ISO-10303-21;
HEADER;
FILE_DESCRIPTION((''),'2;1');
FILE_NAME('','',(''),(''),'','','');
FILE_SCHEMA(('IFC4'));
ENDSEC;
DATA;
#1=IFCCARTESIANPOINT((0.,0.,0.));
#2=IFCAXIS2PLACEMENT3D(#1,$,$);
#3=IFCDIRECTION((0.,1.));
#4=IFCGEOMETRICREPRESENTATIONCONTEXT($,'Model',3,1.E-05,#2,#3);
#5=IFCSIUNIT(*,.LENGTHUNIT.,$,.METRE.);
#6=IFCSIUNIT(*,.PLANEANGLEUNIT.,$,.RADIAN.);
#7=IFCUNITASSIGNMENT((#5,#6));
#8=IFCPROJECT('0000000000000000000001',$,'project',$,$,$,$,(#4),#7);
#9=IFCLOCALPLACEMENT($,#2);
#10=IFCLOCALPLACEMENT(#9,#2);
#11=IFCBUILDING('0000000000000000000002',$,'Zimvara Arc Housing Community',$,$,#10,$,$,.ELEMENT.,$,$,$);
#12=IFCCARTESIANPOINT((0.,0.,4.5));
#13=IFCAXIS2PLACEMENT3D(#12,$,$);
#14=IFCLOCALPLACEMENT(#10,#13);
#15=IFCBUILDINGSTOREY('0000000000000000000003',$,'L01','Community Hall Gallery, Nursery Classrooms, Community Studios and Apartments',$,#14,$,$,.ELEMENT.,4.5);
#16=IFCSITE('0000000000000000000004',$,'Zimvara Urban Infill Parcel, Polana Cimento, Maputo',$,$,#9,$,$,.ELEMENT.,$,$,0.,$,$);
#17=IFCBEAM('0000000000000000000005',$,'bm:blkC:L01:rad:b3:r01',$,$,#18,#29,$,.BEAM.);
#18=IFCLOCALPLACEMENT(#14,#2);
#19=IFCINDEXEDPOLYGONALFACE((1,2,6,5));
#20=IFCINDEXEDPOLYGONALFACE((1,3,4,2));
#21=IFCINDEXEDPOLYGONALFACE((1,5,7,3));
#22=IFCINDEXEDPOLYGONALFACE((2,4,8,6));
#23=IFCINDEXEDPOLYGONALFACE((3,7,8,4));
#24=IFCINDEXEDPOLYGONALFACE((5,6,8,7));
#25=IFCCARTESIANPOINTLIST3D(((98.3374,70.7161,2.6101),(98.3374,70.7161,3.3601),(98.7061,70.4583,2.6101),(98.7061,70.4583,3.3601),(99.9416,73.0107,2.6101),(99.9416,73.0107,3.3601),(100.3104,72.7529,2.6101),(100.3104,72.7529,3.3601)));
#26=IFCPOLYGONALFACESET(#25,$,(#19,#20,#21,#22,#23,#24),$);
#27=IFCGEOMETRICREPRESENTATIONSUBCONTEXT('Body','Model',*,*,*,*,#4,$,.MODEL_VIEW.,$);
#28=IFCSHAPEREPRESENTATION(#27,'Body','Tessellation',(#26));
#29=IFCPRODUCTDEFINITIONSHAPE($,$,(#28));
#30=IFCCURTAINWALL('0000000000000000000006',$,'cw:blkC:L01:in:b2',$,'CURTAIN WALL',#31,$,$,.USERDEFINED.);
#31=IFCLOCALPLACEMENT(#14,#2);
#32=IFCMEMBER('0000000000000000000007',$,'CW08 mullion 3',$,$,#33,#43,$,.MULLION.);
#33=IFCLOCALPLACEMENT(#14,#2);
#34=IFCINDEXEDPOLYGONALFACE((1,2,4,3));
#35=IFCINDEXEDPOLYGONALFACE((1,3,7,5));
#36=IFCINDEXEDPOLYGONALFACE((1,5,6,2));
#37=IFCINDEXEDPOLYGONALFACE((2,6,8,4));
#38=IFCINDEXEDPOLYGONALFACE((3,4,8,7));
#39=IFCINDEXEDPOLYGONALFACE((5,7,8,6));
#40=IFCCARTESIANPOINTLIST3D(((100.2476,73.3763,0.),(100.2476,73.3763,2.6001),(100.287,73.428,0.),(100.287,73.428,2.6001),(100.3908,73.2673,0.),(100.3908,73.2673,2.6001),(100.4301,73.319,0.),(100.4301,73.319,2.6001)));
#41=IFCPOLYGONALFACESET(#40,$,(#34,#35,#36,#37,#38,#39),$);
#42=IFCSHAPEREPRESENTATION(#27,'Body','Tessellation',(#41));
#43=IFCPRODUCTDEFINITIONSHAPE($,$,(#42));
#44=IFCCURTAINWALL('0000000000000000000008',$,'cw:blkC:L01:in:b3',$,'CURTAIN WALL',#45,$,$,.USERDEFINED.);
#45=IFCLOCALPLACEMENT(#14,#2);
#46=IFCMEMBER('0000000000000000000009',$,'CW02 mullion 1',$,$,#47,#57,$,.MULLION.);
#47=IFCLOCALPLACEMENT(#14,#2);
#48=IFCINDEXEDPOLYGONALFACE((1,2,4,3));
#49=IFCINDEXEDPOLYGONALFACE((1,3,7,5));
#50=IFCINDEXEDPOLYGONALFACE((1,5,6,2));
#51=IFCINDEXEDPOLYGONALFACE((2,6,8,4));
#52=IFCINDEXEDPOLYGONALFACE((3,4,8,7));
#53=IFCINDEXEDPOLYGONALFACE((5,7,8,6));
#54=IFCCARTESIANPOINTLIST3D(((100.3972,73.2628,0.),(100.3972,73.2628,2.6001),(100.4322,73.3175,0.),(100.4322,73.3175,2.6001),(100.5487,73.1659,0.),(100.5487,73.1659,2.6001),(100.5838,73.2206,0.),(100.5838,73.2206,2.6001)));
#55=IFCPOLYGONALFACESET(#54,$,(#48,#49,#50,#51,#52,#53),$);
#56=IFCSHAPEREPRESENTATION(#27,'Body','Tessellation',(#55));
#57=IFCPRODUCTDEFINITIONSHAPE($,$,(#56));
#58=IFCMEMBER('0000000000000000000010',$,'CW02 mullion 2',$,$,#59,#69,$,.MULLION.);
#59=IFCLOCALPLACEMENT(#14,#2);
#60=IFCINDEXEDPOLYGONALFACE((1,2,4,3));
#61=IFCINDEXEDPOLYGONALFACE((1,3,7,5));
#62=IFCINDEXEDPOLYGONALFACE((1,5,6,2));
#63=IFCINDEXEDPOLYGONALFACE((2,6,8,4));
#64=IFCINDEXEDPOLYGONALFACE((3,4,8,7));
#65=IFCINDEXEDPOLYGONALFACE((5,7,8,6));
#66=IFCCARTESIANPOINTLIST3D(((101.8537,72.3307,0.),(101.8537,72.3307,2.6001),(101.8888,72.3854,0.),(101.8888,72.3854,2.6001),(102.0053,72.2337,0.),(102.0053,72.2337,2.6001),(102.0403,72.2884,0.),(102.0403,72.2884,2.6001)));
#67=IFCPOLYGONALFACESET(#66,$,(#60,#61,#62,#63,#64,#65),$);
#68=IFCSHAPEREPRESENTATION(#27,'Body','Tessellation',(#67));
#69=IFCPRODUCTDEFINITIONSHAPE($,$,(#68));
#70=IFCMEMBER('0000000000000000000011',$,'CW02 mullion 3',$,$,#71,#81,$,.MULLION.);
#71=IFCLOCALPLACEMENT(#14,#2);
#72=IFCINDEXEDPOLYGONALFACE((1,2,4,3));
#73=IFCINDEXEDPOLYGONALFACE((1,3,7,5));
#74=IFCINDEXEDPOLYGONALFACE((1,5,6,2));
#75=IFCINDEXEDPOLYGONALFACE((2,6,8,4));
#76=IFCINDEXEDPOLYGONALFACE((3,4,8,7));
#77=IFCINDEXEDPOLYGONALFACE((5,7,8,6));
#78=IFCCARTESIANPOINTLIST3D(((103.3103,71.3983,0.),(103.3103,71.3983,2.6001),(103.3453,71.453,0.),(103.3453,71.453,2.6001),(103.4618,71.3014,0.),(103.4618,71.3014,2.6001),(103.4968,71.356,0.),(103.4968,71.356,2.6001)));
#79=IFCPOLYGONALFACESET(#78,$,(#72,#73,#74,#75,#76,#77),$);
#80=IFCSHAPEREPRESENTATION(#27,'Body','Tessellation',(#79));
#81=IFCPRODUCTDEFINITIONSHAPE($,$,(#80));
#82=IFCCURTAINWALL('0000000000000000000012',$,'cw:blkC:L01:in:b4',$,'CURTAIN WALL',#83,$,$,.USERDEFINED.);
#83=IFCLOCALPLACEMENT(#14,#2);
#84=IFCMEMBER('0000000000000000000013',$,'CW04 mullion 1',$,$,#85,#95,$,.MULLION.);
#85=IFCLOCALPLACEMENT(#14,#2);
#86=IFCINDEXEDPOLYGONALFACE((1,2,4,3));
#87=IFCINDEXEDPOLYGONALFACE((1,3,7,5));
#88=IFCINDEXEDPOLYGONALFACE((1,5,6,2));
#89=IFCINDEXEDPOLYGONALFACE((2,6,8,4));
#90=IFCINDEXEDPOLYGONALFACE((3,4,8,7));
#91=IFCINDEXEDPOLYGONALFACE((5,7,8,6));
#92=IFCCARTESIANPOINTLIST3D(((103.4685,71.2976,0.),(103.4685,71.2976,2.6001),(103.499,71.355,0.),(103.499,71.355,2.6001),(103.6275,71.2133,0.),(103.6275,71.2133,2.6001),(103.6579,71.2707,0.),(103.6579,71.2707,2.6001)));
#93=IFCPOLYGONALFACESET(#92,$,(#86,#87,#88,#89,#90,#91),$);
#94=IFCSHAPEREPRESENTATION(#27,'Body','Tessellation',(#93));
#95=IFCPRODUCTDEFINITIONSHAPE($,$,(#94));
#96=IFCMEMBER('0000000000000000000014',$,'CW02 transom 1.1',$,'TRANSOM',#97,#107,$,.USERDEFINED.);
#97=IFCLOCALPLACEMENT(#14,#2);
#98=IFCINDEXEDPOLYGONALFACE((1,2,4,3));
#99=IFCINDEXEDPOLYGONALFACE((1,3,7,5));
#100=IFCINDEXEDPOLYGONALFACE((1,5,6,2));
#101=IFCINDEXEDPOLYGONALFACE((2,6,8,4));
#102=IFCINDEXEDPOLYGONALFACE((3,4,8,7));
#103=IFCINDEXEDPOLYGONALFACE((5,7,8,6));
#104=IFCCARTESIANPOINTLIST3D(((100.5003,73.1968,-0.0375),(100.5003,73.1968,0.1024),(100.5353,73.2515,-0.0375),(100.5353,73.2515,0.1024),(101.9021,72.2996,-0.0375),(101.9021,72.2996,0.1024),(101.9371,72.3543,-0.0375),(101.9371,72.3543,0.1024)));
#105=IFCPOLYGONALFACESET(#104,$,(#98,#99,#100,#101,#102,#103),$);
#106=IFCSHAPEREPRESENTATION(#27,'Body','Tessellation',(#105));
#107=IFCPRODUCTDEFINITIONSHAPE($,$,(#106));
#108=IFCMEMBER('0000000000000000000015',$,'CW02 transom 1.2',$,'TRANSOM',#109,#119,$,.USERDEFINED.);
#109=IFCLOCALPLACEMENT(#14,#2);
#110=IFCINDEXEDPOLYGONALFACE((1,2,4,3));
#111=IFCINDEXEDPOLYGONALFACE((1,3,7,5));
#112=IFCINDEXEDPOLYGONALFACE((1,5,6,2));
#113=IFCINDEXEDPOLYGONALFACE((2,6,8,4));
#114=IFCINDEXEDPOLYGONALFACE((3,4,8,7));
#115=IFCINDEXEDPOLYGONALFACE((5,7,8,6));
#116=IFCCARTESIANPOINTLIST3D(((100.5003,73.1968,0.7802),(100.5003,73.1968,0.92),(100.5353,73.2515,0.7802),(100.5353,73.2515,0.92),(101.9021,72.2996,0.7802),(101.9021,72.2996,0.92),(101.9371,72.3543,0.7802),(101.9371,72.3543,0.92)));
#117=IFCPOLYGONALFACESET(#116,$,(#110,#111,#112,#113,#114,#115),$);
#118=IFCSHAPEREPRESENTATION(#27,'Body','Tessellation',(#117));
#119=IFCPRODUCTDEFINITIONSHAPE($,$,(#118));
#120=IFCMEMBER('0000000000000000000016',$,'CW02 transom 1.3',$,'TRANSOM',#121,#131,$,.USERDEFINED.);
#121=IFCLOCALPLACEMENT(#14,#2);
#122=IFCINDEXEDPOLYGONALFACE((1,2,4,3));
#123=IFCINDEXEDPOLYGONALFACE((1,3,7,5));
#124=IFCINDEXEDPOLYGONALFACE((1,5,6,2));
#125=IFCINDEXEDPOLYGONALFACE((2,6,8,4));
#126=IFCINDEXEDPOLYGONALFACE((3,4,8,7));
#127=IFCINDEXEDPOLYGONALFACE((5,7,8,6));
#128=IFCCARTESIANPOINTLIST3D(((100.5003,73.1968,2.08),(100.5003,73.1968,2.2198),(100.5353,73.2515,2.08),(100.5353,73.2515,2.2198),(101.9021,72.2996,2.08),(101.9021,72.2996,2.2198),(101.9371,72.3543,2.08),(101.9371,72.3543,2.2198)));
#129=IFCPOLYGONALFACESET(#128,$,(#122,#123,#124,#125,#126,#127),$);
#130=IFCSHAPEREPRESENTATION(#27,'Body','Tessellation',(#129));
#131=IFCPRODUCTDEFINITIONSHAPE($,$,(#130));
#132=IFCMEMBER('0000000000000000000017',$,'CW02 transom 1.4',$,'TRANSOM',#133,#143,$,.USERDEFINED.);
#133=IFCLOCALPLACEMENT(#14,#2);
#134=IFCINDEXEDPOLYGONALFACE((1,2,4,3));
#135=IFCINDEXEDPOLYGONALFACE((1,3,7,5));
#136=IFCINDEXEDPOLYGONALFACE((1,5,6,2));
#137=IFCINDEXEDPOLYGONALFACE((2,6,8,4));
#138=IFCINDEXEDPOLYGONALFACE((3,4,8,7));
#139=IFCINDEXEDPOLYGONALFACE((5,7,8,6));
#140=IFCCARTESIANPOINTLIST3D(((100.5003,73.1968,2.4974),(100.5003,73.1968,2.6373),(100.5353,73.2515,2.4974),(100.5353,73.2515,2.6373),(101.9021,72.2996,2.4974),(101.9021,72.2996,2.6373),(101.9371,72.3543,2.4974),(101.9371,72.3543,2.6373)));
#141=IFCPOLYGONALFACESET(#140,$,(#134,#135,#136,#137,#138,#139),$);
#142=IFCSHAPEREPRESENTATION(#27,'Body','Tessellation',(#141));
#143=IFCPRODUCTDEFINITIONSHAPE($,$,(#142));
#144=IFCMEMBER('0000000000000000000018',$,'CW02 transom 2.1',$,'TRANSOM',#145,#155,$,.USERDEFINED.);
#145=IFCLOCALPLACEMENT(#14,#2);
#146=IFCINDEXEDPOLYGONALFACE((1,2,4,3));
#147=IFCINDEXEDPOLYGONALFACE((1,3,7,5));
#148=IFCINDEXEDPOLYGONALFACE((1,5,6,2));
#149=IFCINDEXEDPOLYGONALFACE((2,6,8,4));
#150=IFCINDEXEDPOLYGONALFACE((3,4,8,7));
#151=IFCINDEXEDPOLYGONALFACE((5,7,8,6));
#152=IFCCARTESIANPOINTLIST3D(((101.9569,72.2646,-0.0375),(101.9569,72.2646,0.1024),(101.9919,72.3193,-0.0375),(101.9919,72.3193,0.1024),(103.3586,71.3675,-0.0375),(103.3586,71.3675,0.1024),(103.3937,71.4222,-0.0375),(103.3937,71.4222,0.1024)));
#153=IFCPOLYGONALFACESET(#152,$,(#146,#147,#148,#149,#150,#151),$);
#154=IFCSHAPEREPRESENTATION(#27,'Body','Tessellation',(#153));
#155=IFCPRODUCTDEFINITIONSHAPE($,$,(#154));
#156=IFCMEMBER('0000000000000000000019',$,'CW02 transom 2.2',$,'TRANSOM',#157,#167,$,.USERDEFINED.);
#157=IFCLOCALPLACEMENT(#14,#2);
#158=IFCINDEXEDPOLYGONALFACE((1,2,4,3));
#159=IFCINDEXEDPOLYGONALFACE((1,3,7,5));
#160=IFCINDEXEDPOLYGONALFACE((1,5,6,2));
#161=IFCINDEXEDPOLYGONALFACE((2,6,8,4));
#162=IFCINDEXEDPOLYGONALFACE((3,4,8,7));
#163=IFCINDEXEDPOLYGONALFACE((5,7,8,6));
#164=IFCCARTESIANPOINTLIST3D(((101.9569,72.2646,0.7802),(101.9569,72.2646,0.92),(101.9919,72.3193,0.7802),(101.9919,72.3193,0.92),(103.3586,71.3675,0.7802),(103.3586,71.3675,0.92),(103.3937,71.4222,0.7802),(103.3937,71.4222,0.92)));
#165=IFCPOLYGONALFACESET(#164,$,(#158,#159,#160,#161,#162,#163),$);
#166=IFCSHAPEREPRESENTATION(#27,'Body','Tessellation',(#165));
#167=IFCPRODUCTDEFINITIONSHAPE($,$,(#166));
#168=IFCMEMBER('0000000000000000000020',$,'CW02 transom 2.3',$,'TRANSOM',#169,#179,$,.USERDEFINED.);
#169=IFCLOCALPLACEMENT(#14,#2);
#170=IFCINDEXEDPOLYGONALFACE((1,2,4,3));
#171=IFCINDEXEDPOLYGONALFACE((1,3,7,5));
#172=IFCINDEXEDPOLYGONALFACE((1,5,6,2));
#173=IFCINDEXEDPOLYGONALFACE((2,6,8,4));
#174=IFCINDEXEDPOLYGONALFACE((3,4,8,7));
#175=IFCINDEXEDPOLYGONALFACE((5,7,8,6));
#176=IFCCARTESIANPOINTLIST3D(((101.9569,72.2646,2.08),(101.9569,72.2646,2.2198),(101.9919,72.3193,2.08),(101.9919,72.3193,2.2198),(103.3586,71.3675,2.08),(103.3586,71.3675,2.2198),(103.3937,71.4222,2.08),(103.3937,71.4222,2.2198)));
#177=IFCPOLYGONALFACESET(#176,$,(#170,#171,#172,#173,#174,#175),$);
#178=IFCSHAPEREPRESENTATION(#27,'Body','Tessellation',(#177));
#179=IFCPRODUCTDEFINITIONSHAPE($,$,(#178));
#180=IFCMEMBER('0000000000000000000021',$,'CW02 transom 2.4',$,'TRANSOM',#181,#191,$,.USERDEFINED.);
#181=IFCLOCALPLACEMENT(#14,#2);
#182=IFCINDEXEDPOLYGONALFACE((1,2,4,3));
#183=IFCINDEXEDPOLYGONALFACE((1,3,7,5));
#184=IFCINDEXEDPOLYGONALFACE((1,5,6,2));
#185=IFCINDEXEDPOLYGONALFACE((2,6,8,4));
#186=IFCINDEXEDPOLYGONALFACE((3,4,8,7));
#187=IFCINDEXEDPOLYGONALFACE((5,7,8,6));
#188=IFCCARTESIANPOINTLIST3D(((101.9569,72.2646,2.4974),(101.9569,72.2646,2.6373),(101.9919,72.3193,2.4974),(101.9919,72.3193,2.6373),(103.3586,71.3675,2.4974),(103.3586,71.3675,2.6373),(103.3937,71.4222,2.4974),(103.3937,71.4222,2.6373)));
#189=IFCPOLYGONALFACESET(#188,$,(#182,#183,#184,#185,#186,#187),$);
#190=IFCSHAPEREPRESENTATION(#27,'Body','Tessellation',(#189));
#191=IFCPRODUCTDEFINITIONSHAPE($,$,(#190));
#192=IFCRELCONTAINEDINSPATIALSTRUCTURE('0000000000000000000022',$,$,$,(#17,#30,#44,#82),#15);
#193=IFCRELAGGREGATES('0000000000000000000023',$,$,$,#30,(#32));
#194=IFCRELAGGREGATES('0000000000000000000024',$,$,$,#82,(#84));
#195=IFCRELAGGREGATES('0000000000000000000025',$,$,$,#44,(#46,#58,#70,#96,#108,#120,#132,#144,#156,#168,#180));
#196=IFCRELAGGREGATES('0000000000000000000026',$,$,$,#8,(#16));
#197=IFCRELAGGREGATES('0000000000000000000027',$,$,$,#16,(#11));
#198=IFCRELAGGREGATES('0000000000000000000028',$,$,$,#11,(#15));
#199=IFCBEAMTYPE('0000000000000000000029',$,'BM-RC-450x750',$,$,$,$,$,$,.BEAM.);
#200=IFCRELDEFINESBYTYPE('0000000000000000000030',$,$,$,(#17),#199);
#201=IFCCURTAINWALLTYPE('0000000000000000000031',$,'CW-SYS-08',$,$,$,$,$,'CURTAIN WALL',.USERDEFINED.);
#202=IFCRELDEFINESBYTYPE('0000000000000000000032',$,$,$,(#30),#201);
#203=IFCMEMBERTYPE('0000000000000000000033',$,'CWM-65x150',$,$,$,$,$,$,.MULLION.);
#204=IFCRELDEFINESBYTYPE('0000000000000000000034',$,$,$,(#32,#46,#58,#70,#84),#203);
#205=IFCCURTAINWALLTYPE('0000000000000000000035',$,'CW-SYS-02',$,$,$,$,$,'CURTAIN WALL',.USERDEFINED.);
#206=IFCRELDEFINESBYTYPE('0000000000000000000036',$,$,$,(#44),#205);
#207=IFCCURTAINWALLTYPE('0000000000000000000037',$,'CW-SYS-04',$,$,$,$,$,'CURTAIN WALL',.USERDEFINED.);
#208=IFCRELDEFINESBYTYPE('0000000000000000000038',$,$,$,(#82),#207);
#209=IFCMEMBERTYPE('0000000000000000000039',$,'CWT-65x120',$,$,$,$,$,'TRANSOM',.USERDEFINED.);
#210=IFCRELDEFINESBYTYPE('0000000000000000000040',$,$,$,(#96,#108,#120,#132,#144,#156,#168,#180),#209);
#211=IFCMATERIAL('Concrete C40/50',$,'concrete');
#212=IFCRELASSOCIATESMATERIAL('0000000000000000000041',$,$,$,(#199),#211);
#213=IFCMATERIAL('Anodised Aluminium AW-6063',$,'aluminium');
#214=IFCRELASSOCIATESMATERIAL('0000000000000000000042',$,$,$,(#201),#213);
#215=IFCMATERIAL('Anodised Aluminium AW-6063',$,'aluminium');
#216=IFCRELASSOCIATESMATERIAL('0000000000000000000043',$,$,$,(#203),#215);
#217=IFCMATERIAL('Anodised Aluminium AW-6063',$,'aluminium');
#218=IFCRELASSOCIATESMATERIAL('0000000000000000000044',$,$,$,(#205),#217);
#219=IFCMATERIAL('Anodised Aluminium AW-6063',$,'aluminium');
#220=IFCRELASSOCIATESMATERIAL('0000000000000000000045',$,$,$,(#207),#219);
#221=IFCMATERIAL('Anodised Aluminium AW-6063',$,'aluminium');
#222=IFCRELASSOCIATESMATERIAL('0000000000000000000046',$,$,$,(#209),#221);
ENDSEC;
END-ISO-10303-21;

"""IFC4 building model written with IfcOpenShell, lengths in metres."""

from ifc_helpers import new_model, si_unit, direction, frame, origin, origin_2d, place, context, subcontext, project, spatial, rectangle, extrude, material, material_profile, profile_set, type_object, element, aggregate, save


model = new_model("IFC4")

# Units and contexts
model_context = context("Model", 3, precision=1e-05, world=origin(), true_north=direction((0.0, 1.0)))
body_context = subcontext(model_context, "Body", "Model", "MODEL_VIEW")
ifc_project = project(units=[si_unit("LENGTHUNIT", "METRE"), si_unit("PLANEANGLEUNIT", "RADIAN")], contexts=[model_context])

# Site, building, storey
site_placement = place(None, origin())
site = spatial("IfcSite", under=ifc_project, at=site_placement, Name="Zimvara Urban Infill Parcel, Polana Cimento, Maputo", CompositionType="ELEMENT", RefElevation=0.0)
building_placement = place(site_placement, origin())
building = spatial("IfcBuilding", under=site, at=building_placement, Name="Zimvara Arc Housing Community", CompositionType="ELEMENT")
storey_placement = place(building_placement, frame((0.0, 0.0, 4.5)))
storey = spatial("IfcBuildingStorey", under=building, at=storey_placement, Name="L01", Description="Community Hall Gallery, Nursery Classrooms, Community Studios and Apartments", CompositionType="ELEMENT", Elevation=4.5)

# Beam
ifc_material_1 = material(Name="Concrete C40/50", Category="concrete")
ifc_material_profile_1 = material_profile(ifc_material_1, rectangle(XDim=0.45, YDim=0.75, at=origin_2d()), Name="RC 450x750")
ifc_profile_set_1 = profile_set([ifc_material_profile_1], Name="Concrete C40/50")
beam_type = type_object("IfcBeamType", Name="BM-RC-450x750", PredefinedType="BEAM", material=ifc_profile_set_1)
beam_placement = place(storey_placement, frame((100.126, 72.8818, 2.9851), z_axis=(-0.572977, -0.819572, 0.0), x_axis=(0.819572, -0.572977, 0.0)))
element("IfcBeam", 1, at=beam_placement, inside=storey, type_object=beam_type, Name="bm:blkC:L01:rad:b3:r01", PredefinedType="BEAM", context=body_context, shape_type="SweptSolid", body=[
    extrude(rectangle(XDim=0.45, YDim=0.75, at=origin_2d()), origin(), (0.0, 0.0, 1.0), 2.7998),
])

# Curtain wall, member
ifc_material_2 = material(Name="Anodised Aluminium AW-6063", Category="aluminium")
curtain_wall_type_1 = type_object("IfcCurtainWallType", Name="CW-SYS-08", ElementType="CURTAIN WALL", PredefinedType="USERDEFINED", material=ifc_material_2)
curtain_wall_1_placement = place(storey_placement, origin())
curtain_wall_1 = element("IfcCurtainWall", 2, at=curtain_wall_1_placement, inside=storey, type_object=curtain_wall_type_1, Name="cw:blkC:L01:in:b2", ObjectType="CURTAIN WALL", PredefinedType="USERDEFINED")
ifc_material_3 = material(Name="Anodised Aluminium AW-6063", Category="aluminium")
ifc_material_profile_2 = material_profile(ifc_material_3, rectangle(XDim=0.0649, YDim=0.1799, at=origin_2d()), Name="ALU 65x180")
ifc_profile_set_2 = profile_set([ifc_material_profile_2], Name="Anodised Aluminium AW-6063")
member_type_1 = type_object("IfcMemberType", Name="CWM-65x150", PredefinedType="MULLION", material=ifc_profile_set_2)
member_1_placement = place(storey_placement, frame((100.3389, 73.3477, 0.0), z_axis=(0.0, 0.0, 1.0), x_axis=(0.605988, 0.795474, 0.0)))
member_1 = element("IfcMember", 3, at=member_1_placement, type_object=member_type_1, Name="CW08 mullion 3", PredefinedType="MULLION", context=body_context, shape_type="SweptSolid", body=[
    extrude(rectangle(XDim=0.0649, YDim=0.1799, at=origin_2d()), origin(), (0.0, 0.0, 1.0), 2.6001),
])
aggregate(curtain_wall_1, [member_1])

# Curtain wall, members
ifc_material_4 = material(Name="Anodised Aluminium AW-6063", Category="aluminium")
curtain_wall_type_2 = type_object("IfcCurtainWallType", Name="CW-SYS-02", ElementType="CURTAIN WALL", PredefinedType="USERDEFINED", material=ifc_material_4)
curtain_wall_2_placement = place(storey_placement, origin())
curtain_wall_2 = element("IfcCurtainWall", 4, at=curtain_wall_2_placement, inside=storey, type_object=curtain_wall_type_2, Name="cw:blkC:L01:in:b3", ObjectType="CURTAIN WALL", PredefinedType="USERDEFINED")
member_2_placement = place(storey_placement, frame((100.4905, 73.2417, 0.0), z_axis=(0.0, 0.0, 1.0), x_axis=(0.539064, 0.842265, 0.0)))
member_2 = element("IfcMember", 5, at=member_2_placement, type_object=member_type_1, Name="CW02 mullion 1", PredefinedType="MULLION", context=body_context, shape_type="SweptSolid", body=[
    extrude(rectangle(XDim=0.0649, YDim=0.1799, at=origin_2d()), origin(), (0.0, 0.0, 1.0), 2.6001),
])
member_3_placement = place(storey_placement, frame((101.947, 72.3096, 0.0), z_axis=(0.0, 0.0, 1.0), x_axis=(0.539064, 0.842265, 0.0)))
member_3 = element("IfcMember", 6, at=member_3_placement, type_object=member_type_1, Name="CW02 mullion 2", PredefinedType="MULLION", context=body_context, shape_type="SweptSolid", body=[
    extrude(rectangle(XDim=0.0649, YDim=0.1799, at=origin_2d()), origin(), (0.0, 0.0, 1.0), 2.6001),
])
member_4_placement = place(storey_placement, frame((103.4036, 71.3772, 0.0), z_axis=(0.0, 0.0, 1.0), x_axis=(0.539064, 0.842265, 0.0)))
member_4 = element("IfcMember", 7, at=member_4_placement, type_object=member_type_1, Name="CW02 mullion 3", PredefinedType="MULLION", context=body_context, shape_type="SweptSolid", body=[
    extrude(rectangle(XDim=0.0649, YDim=0.1799, at=origin_2d()), origin(), (0.0, 0.0, 1.0), 2.6001),
])

# Curtain wall, member
ifc_material_5 = material(Name="Anodised Aluminium AW-6063", Category="aluminium")
curtain_wall_type_3 = type_object("IfcCurtainWallType", Name="CW-SYS-04", ElementType="CURTAIN WALL", PredefinedType="USERDEFINED", material=ifc_material_5)
curtain_wall_3_placement = place(storey_placement, origin())
curtain_wall_3 = element("IfcCurtainWall", 8, at=curtain_wall_3_placement, inside=storey, type_object=curtain_wall_type_3, Name="cw:blkC:L01:in:b4", ObjectType="CURTAIN WALL", PredefinedType="USERDEFINED")
member_5_placement = place(storey_placement, frame((103.5632, 71.2842, 0.0), z_axis=(0.0, 0.0, 1.0), x_axis=(0.468545, 0.88344, 0.0)))
member_5 = element("IfcMember", 9, at=member_5_placement, type_object=member_type_1, Name="CW04 mullion 1", PredefinedType="MULLION", context=body_context, shape_type="SweptSolid", body=[
    extrude(rectangle(XDim=0.0649, YDim=0.1799, at=origin_2d()), origin(), (0.0, 0.0, 1.0), 2.6001),
])
aggregate(curtain_wall_3, [member_5])

# Members
ifc_material_6 = material(Name="Anodised Aluminium AW-6063", Category="aluminium")
ifc_material_profile_3 = material_profile(ifc_material_6, rectangle(XDim=0.0649, YDim=0.1399, at=origin_2d()), Name="ALU 65x140")
ifc_profile_set_3 = profile_set([ifc_material_profile_3], Name="Anodised Aluminium AW-6063")
member_type_2 = type_object("IfcMemberType", Name="CWT-65x120", ElementType="TRANSOM", PredefinedType="USERDEFINED", material=ifc_profile_set_3)
member_6_placement = place(storey_placement, frame((100.5178, 73.2241, 0.0325), z_axis=(0.842263, -0.539066, 0.0), x_axis=(0.539066, 0.842263, 0.0)))
member_6 = element("IfcMember", 10, at=member_6_placement, type_object=member_type_2, Name="CW02 transom 1.1", ObjectType="TRANSOM", PredefinedType="USERDEFINED", context=body_context, shape_type="SweptSolid", body=[
    extrude(rectangle(XDim=0.0649, YDim=0.1399, at=origin_2d()), origin(), (0.0, 0.0, 1.0), 1.6643),
])
member_7_placement = place(storey_placement, frame((100.5178, 73.2241, 0.8501), z_axis=(0.842263, -0.539066, 0.0), x_axis=(0.539066, 0.842263, 0.0)))
member_7 = element("IfcMember", 11, at=member_7_placement, type_object=member_type_2, Name="CW02 transom 1.2", ObjectType="TRANSOM", PredefinedType="USERDEFINED", context=body_context, shape_type="SweptSolid", body=[
    extrude(rectangle(XDim=0.0649, YDim=0.1399, at=origin_2d()), origin(), (0.0, 0.0, 1.0), 1.6643),
])
member_8_placement = place(storey_placement, frame((100.5178, 73.2241, 2.1499), z_axis=(0.842263, -0.539066, 0.0), x_axis=(0.539066, 0.842263, 0.0)))
member_8 = element("IfcMember", 12, at=member_8_placement, type_object=member_type_2, Name="CW02 transom 1.3", ObjectType="TRANSOM", PredefinedType="USERDEFINED", context=body_context, shape_type="SweptSolid", body=[
    extrude(rectangle(XDim=0.0649, YDim=0.1399, at=origin_2d()), origin(), (0.0, 0.0, 1.0), 1.6643),
])
member_9_placement = place(storey_placement, frame((100.5178, 73.2241, 2.5674), z_axis=(0.842263, -0.539066, 0.0), x_axis=(0.539066, 0.842263, 0.0)))
member_9 = element("IfcMember", 13, at=member_9_placement, type_object=member_type_2, Name="CW02 transom 1.4", ObjectType="TRANSOM", PredefinedType="USERDEFINED", context=body_context, shape_type="SweptSolid", body=[
    extrude(rectangle(XDim=0.0649, YDim=0.1399, at=origin_2d()), origin(), (0.0, 0.0, 1.0), 1.6643),
])
member_10_placement = place(storey_placement, frame((101.9744, 72.292, 0.0325), z_axis=(0.842263, -0.539066, 0.0), x_axis=(0.539066, 0.842263, 0.0)))
member_10 = element("IfcMember", 14, at=member_10_placement, type_object=member_type_2, Name="CW02 transom 2.1", ObjectType="TRANSOM", PredefinedType="USERDEFINED", context=body_context, shape_type="SweptSolid", body=[
    extrude(rectangle(XDim=0.0649, YDim=0.1399, at=origin_2d()), origin(), (0.0, 0.0, 1.0), 1.6643),
])
member_11_placement = place(storey_placement, frame((101.9744, 72.292, 0.8501), z_axis=(0.842263, -0.539066, 0.0), x_axis=(0.539066, 0.842263, 0.0)))
member_11 = element("IfcMember", 15, at=member_11_placement, type_object=member_type_2, Name="CW02 transom 2.2", ObjectType="TRANSOM", PredefinedType="USERDEFINED", context=body_context, shape_type="SweptSolid", body=[
    extrude(rectangle(XDim=0.0649, YDim=0.1399, at=origin_2d()), origin(), (0.0, 0.0, 1.0), 1.6643),
])
member_12_placement = place(storey_placement, frame((101.9744, 72.292, 2.1499), z_axis=(0.842263, -0.539066, 0.0), x_axis=(0.539066, 0.842263, 0.0)))
member_12 = element("IfcMember", 16, at=member_12_placement, type_object=member_type_2, Name="CW02 transom 2.3", ObjectType="TRANSOM", PredefinedType="USERDEFINED", context=body_context, shape_type="SweptSolid", body=[
    extrude(rectangle(XDim=0.0649, YDim=0.1399, at=origin_2d()), origin(), (0.0, 0.0, 1.0), 1.6643),
])
member_13_placement = place(storey_placement, frame((101.9744, 72.292, 2.5674), z_axis=(0.842263, -0.539066, 0.0), x_axis=(0.539066, 0.842263, 0.0)))
member_13 = element("IfcMember", 17, at=member_13_placement, type_object=member_type_2, Name="CW02 transom 2.4", ObjectType="TRANSOM", PredefinedType="USERDEFINED", context=body_context, shape_type="SweptSolid", body=[
    extrude(rectangle(XDim=0.0649, YDim=0.1399, at=origin_2d()), origin(), (0.0, 0.0, 1.0), 1.6643),
])

aggregate(curtain_wall_2, [member_2, member_3, member_4, member_6, member_7, member_8, member_9, member_10, member_11, member_12, member_13])

save(model, "model.ifc")
